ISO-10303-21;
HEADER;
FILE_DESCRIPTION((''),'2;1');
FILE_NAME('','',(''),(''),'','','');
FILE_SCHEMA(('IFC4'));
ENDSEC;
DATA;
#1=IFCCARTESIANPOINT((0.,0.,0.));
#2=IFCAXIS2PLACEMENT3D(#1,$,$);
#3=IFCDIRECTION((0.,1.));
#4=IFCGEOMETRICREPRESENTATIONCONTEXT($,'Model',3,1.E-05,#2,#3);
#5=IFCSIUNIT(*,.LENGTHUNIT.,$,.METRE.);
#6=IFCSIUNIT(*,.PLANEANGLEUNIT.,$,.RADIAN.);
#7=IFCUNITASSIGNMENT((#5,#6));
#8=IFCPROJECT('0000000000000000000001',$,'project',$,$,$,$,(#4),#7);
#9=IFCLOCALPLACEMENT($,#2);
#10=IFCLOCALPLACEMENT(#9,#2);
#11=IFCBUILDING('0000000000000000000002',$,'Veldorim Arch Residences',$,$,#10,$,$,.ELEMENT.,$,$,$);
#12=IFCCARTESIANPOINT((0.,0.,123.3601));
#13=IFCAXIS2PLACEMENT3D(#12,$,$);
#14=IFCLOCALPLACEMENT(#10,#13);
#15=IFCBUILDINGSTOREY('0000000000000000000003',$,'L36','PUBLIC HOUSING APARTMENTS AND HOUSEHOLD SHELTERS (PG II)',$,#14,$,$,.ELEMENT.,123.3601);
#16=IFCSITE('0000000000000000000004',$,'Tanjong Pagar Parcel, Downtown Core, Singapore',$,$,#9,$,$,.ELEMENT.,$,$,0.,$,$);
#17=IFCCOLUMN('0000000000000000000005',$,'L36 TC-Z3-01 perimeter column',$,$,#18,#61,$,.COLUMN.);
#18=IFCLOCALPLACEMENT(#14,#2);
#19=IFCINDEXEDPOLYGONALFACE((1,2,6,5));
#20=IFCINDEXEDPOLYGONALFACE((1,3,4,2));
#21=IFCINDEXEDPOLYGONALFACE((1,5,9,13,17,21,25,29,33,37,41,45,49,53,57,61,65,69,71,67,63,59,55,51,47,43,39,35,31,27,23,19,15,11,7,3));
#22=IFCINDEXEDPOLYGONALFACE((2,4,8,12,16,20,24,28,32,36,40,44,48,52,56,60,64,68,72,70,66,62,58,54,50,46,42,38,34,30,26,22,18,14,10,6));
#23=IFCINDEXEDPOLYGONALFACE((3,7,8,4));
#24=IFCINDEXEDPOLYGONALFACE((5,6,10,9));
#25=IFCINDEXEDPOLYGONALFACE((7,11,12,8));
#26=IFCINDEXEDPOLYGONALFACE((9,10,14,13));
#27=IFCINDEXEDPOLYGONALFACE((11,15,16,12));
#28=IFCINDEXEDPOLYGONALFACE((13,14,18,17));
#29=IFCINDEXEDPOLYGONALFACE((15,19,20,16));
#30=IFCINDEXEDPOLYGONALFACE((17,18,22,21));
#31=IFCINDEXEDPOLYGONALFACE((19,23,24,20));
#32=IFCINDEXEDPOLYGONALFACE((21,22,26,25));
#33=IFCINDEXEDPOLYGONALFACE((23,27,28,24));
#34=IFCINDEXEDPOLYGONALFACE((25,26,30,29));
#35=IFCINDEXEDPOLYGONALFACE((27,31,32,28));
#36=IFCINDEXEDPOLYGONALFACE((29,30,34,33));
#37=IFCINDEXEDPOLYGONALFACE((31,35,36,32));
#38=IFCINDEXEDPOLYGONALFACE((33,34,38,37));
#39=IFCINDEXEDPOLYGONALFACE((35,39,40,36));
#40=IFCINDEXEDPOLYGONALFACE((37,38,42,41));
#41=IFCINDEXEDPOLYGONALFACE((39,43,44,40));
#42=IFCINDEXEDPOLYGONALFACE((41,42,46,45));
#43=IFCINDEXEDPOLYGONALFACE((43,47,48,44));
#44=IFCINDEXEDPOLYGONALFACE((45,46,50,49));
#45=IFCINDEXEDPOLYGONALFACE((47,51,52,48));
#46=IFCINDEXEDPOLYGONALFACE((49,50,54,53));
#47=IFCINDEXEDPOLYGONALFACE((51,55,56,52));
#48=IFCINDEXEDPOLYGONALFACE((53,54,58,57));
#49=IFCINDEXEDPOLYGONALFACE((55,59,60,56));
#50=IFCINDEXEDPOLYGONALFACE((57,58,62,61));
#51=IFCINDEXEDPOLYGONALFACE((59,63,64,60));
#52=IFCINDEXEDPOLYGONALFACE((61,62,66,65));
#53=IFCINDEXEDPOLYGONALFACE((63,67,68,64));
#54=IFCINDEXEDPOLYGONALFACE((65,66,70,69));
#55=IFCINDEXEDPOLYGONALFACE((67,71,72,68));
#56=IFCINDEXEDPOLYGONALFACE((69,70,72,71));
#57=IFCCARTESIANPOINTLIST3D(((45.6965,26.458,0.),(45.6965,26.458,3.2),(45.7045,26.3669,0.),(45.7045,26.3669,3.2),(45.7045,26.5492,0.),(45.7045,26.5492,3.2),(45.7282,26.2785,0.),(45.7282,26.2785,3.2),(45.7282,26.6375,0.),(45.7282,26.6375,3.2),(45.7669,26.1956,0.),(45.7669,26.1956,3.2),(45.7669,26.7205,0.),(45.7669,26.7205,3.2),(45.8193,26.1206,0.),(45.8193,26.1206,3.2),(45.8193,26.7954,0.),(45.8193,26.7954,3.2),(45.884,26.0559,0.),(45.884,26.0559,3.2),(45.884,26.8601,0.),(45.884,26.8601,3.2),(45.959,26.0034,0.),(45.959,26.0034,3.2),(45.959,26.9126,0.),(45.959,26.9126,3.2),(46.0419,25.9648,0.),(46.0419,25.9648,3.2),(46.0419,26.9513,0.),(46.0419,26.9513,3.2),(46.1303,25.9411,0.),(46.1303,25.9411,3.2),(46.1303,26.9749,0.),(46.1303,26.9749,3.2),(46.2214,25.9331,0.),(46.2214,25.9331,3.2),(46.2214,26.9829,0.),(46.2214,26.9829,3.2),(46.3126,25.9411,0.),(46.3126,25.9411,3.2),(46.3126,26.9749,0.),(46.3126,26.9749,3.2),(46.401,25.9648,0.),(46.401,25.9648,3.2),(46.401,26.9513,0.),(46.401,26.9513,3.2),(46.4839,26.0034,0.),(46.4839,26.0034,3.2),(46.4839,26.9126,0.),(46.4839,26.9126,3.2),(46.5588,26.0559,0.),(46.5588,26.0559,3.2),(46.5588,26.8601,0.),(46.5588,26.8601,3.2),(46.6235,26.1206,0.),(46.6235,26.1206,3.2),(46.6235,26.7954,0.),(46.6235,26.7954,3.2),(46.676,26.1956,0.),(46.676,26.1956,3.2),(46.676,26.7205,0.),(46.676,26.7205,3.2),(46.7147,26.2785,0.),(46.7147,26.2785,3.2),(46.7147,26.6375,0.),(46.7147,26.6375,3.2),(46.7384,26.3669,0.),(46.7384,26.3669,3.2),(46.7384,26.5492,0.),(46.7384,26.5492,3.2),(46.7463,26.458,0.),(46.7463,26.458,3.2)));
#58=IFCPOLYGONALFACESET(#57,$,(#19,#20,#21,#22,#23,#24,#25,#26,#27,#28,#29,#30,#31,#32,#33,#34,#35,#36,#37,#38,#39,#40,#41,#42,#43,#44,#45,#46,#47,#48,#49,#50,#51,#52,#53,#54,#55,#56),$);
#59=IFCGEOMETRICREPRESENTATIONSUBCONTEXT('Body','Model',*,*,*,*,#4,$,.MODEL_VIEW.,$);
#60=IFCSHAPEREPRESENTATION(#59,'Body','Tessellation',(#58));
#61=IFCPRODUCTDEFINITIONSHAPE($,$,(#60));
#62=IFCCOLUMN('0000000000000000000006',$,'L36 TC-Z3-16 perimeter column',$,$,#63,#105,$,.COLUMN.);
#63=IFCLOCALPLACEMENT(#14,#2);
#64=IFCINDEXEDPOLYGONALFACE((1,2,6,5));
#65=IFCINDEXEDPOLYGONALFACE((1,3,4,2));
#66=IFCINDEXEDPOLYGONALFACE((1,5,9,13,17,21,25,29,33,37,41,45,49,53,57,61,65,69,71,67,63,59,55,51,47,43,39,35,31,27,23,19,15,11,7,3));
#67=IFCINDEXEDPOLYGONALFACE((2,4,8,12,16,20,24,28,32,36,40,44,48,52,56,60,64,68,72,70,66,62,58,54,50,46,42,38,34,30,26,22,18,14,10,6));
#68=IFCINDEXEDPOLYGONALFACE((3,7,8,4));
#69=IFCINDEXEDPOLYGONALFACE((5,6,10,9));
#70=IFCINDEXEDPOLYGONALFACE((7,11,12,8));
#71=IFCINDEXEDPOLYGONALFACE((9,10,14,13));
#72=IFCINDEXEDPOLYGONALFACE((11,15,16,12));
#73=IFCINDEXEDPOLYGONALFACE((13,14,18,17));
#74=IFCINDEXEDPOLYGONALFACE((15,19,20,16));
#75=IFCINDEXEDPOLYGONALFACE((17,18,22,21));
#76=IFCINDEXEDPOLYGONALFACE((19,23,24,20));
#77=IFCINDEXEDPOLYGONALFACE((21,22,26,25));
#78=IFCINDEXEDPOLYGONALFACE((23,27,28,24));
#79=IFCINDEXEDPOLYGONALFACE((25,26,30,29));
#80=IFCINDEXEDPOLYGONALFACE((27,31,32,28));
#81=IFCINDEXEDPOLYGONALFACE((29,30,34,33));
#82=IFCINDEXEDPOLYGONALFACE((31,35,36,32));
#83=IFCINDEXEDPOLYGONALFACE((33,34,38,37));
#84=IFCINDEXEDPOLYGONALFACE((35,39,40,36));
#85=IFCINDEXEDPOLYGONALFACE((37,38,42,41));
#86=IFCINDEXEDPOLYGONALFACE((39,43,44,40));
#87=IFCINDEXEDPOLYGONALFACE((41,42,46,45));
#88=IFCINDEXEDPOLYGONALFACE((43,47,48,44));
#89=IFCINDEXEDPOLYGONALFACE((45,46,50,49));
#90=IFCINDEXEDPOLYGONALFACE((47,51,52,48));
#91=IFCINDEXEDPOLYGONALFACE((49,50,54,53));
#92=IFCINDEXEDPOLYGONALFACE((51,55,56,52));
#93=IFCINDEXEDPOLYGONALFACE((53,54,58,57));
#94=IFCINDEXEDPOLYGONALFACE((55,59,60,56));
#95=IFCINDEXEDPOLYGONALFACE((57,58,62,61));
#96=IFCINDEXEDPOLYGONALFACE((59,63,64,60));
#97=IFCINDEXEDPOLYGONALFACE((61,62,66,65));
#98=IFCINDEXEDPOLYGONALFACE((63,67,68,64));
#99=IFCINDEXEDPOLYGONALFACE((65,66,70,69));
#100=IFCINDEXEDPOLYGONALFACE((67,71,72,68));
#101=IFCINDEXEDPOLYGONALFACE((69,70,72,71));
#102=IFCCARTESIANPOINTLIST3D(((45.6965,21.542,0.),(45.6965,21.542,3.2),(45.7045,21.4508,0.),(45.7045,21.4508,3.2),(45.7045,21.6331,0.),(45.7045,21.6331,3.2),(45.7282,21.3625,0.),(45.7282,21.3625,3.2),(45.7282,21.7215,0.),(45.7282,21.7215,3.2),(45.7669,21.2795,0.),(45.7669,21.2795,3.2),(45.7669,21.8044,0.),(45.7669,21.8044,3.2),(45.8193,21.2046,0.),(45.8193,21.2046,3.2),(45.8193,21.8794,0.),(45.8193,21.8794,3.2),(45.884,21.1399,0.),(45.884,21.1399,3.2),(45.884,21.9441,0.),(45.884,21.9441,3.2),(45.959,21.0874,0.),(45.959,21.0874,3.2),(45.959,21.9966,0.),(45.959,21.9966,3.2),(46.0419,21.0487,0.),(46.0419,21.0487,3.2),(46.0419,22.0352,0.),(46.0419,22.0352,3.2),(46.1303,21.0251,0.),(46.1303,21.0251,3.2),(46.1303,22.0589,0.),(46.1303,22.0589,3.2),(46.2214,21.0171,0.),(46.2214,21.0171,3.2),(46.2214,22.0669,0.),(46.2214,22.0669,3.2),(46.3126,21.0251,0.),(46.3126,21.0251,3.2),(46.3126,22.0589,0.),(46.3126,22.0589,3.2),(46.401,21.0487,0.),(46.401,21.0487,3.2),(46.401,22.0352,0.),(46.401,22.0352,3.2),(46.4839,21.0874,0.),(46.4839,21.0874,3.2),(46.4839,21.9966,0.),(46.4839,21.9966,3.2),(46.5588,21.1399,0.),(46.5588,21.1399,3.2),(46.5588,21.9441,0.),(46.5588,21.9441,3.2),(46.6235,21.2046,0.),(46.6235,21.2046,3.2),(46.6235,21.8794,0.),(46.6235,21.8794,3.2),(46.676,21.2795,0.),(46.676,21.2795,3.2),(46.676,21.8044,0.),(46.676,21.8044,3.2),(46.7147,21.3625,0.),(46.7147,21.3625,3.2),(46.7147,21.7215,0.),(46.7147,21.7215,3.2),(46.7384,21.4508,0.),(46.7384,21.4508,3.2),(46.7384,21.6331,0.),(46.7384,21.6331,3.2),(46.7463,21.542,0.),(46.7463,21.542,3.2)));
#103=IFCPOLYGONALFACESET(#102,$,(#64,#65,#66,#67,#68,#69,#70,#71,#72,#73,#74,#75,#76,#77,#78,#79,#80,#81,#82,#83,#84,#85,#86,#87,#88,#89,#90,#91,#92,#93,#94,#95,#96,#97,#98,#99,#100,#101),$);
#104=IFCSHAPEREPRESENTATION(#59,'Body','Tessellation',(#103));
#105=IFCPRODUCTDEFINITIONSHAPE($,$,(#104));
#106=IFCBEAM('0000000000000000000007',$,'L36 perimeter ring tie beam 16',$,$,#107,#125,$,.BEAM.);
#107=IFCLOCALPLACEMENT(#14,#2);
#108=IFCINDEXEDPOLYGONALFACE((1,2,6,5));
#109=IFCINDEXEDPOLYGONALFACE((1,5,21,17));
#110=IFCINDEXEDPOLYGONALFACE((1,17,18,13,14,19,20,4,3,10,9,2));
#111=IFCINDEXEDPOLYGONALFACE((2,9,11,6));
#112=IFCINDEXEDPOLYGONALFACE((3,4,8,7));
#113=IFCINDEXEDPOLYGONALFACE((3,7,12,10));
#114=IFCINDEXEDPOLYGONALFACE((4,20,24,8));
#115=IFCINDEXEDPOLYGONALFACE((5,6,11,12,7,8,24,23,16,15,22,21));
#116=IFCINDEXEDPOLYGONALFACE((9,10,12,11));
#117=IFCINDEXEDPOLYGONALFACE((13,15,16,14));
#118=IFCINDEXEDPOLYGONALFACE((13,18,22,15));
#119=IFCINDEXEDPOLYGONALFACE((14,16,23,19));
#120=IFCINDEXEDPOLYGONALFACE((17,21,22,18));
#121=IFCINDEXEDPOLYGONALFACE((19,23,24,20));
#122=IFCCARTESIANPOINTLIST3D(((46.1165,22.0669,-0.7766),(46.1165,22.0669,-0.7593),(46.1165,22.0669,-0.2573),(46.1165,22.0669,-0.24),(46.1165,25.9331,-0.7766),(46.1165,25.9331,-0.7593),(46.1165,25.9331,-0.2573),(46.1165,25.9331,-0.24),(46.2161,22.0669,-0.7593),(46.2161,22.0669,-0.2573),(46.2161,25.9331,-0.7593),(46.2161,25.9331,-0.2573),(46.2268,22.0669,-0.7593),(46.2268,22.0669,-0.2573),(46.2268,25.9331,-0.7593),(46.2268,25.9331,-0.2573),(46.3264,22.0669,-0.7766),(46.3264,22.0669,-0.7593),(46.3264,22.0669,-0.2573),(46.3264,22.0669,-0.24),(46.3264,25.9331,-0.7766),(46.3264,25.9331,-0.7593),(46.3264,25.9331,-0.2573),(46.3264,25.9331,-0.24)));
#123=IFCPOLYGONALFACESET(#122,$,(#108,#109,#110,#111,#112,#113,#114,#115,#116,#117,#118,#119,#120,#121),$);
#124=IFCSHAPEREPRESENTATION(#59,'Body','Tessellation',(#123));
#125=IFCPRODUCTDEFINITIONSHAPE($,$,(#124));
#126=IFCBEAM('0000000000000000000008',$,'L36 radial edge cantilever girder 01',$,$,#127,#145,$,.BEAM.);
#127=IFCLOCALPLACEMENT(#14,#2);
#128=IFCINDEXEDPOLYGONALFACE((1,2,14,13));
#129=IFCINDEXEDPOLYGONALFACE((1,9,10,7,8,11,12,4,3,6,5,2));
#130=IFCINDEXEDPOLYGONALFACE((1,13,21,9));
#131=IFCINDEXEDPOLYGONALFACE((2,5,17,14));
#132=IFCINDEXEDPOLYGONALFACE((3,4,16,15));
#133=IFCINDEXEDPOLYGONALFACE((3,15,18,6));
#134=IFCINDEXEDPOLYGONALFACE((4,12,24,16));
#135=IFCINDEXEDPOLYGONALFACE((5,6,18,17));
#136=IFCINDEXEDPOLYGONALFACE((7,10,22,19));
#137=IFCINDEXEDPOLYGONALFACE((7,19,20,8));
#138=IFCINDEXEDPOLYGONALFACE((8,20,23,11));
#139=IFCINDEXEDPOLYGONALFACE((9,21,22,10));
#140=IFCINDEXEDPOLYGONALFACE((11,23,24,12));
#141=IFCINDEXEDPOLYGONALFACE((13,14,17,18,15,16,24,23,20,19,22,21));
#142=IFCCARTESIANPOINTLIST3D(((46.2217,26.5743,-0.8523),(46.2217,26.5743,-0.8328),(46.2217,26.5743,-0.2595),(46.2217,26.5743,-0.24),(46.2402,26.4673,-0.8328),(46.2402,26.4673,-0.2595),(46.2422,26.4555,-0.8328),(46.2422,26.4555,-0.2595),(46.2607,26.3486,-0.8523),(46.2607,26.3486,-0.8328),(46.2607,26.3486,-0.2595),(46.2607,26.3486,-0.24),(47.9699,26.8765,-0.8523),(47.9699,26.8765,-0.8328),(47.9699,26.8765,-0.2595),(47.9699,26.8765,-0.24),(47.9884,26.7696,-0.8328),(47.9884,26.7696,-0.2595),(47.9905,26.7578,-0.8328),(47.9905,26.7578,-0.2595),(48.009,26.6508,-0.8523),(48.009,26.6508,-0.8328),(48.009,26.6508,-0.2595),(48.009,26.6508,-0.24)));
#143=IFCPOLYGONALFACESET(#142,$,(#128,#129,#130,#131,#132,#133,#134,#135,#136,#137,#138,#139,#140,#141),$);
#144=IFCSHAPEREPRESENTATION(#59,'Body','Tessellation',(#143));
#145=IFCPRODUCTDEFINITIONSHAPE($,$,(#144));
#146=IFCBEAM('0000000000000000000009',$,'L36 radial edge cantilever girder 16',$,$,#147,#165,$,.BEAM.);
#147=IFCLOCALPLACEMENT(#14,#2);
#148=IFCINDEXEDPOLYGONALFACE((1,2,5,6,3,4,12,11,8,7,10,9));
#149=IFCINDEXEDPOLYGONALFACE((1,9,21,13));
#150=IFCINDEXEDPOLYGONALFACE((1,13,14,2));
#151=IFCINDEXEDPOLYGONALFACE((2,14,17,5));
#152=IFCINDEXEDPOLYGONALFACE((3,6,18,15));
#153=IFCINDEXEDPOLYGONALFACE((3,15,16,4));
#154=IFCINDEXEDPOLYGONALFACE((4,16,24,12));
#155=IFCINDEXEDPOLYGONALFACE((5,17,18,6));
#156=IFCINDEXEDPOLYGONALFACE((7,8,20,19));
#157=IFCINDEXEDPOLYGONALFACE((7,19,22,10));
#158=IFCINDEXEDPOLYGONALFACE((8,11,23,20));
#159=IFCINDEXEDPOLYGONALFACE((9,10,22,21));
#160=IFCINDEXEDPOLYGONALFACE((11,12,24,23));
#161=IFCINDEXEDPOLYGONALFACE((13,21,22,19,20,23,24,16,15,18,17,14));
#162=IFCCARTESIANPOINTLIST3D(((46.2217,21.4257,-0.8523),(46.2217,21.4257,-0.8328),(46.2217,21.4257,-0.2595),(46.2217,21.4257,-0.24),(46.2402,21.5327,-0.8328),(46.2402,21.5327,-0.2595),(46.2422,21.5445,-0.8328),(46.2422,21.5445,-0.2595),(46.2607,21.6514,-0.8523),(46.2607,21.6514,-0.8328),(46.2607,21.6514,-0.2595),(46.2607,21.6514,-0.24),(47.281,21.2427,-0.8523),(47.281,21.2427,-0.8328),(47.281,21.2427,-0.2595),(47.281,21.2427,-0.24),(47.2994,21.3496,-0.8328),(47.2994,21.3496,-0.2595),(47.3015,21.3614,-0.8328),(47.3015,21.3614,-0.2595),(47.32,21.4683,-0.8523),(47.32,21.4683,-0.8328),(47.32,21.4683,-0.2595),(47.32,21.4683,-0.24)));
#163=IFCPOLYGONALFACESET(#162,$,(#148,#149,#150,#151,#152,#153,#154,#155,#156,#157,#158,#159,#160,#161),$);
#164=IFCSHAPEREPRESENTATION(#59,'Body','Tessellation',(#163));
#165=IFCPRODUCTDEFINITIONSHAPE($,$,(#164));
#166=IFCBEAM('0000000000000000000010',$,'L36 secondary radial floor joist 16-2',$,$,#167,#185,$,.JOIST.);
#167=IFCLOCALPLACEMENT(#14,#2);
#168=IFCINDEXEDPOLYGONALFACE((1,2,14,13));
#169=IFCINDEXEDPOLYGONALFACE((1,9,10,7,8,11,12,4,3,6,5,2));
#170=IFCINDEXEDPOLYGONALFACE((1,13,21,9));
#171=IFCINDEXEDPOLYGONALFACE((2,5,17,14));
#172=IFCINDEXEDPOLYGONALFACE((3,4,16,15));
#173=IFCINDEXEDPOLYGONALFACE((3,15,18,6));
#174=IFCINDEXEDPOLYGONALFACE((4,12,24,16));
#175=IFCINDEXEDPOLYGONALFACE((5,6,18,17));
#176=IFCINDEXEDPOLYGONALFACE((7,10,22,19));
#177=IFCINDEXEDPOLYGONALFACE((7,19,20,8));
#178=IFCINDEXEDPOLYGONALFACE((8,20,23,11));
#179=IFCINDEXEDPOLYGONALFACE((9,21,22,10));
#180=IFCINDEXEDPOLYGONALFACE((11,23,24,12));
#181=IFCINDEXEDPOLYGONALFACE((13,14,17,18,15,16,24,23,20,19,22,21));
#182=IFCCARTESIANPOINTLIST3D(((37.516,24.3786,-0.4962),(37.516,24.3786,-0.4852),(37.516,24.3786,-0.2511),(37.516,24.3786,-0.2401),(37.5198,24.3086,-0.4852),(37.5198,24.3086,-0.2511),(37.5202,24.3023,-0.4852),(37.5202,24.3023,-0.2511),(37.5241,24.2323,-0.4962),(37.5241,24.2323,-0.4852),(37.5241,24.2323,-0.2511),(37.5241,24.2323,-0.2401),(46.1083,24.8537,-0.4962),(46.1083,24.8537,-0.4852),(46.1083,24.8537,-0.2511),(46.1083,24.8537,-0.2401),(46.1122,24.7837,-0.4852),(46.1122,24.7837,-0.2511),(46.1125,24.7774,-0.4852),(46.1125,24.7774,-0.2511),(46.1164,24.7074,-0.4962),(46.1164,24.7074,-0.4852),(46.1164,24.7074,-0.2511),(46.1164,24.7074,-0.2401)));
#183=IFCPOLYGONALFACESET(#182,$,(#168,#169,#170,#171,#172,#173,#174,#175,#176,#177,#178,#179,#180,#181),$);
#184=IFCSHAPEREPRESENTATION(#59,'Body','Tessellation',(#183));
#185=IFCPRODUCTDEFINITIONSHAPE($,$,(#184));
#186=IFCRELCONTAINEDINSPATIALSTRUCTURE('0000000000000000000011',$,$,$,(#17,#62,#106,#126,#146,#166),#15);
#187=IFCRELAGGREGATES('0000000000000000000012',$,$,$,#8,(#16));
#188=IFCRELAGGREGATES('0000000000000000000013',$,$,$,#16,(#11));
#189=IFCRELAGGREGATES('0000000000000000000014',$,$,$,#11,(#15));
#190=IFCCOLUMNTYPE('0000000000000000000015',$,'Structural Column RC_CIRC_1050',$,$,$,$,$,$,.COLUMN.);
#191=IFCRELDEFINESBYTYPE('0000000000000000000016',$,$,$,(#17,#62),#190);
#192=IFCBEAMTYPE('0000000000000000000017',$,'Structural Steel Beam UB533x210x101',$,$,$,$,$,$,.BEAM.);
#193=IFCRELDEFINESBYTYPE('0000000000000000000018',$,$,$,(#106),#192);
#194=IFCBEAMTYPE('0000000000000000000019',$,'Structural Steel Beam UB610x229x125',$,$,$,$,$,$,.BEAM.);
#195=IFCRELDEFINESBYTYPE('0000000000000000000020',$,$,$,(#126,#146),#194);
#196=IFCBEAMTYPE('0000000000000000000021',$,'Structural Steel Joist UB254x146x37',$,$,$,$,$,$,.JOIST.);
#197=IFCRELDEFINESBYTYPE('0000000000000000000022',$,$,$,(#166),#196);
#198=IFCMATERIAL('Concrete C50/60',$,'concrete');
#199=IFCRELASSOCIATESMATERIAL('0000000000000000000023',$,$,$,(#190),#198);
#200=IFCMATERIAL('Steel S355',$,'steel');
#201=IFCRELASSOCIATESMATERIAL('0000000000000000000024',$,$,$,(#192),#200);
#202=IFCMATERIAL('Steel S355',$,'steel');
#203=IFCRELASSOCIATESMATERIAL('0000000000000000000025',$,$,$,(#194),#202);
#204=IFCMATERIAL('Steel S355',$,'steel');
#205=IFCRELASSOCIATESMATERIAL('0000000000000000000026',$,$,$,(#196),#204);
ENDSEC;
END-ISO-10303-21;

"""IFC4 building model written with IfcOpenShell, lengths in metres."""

from ifc_helpers import new_model, si_unit, direction, frame, origin, origin_2d, place, context, subcontext, project, spatial, circle, i_section, extrude, material, material_profile, profile_set, type_object, element, save


model = new_model("IFC4")

# Units and contexts
model_context = context("Model", 3, precision=1e-05, world=origin(), true_north=direction((0.0, 1.0)))
body_context = subcontext(model_context, "Body", "Model", "MODEL_VIEW")
ifc_project = project(units=[si_unit("LENGTHUNIT", "METRE"), si_unit("PLANEANGLEUNIT", "RADIAN")], contexts=[model_context])

# Site, building, storey
site_placement = place(None, origin())
site = spatial("IfcSite", under=ifc_project, at=site_placement, Name="Tanjong Pagar Parcel, Downtown Core, Singapore", CompositionType="ELEMENT", RefElevation=0.0)
building_placement = place(site_placement, origin())
building = spatial("IfcBuilding", under=site, at=building_placement, Name="Veldorim Arch Residences", CompositionType="ELEMENT")
storey_placement = place(building_placement, frame((0.0, 0.0, 123.3601)))
storey = spatial("IfcBuildingStorey", under=building, at=storey_placement, Name="L36", Description="PUBLIC HOUSING APARTMENTS AND HOUSEHOLD SHELTERS (PG II)", CompositionType="ELEMENT", Elevation=123.3601)

# Columns
ifc_material_1 = material(Name="Concrete C50/60", Category="concrete")
ifc_material_profile_1 = material_profile(ifc_material_1, circle(Radius=0.5249, at=origin_2d()), Name="RC_CIRC_1050")
ifc_profile_set_1 = profile_set([ifc_material_profile_1], Name="Concrete C50/60")
column_type = type_object("IfcColumnType", Name="Structural Column RC_CIRC_1050", PredefinedType="COLUMN", material=ifc_profile_set_1)
for number, where, z_axis, x_axis, name in (
    (1, (46.2214, 26.458, 0.0), (0.0, 0.0, 1.0), (1.0, 0.0, 0.0), "L36 TC-Z3-01 perimeter column"),
    (2, (46.2214, 21.542, 0.0), (0.0, 0.0, 1.0), (1.0, 0.0, 0.0), "L36 TC-Z3-16 perimeter column"),
):
    element("IfcColumn", number, at=place(storey_placement, frame(where, z_axis=z_axis, x_axis=x_axis)), inside=storey, type_object=column_type, Name=name, PredefinedType="COLUMN", context=body_context, shape_type="SweptSolid", body=[
        extrude(circle(Radius=0.5249, at=origin_2d()), origin(), (0.0, 0.0, 1.0), 3.2),
    ])

# Beams
ifc_material_2 = material(Name="Steel S355", Category="steel")
ifc_material_profile_2 = material_profile(ifc_material_2, i_section(OverallWidth=0.21, OverallDepth=0.5366, WebThickness=0.0107, FlangeThickness=0.0173, at=origin_2d()), Name="UB533x210x101")
ifc_profile_set_2 = profile_set([ifc_material_profile_2], Name="Steel S355")
beam_type_1 = type_object("IfcBeamType", Name="Structural Steel Beam UB533x210x101", PredefinedType="BEAM", material=ifc_profile_set_2)
beam_1_placement = place(storey_placement, frame((46.2214, 22.0669, -0.5083), z_axis=(0.0, 1.0, 0.0), x_axis=(-1.0, 0.0, 0.0)))
element("IfcBeam", 3, at=beam_1_placement, inside=storey, type_object=beam_type_1, Name="L36 perimeter ring tie beam 16", PredefinedType="BEAM", context=body_context, shape_type="SweptSolid", body=[
    extrude(i_section(OverallWidth=0.21, OverallDepth=0.5366, WebThickness=0.0107, FlangeThickness=0.0173, at=origin_2d()), origin(), (0.0, 0.0, 1.0), 3.8662),
])
ifc_material_3 = material(Name="Steel S355", Category="steel")
ifc_material_profile_3 = material_profile(ifc_material_3, i_section(OverallWidth=0.229, OverallDepth=0.6123, WebThickness=0.012, FlangeThickness=0.0195, at=origin_2d()), Name="UB610x229x125")
ifc_profile_set_3 = profile_set([ifc_material_profile_3], Name="Steel S355")
beam_type_2 = type_object("IfcBeamType", Name="Structural Steel Beam UB610x229x125", PredefinedType="BEAM", material=ifc_profile_set_3)
beam_2_placement = place(storey_placement, frame((46.2412, 26.4614, -0.5461), z_axis=(0.985383, 0.170354, 0.0), x_axis=(-0.170354, 0.985383, 0.0)))
element("IfcBeam", 4, at=beam_2_placement, inside=storey, type_object=beam_type_2, Name="L36 radial edge cantilever girder 01", PredefinedType="BEAM", context=body_context, shape_type="SweptSolid", body=[
    extrude(i_section(OverallWidth=0.229, OverallDepth=0.6123, WebThickness=0.012, FlangeThickness=0.0195, at=origin_2d()), origin(), (0.0, 0.0, 1.0), 1.7742),
])
beam_3_placement = place(storey_placement, frame((46.2412, 21.5386, -0.5461), z_axis=(0.985388, -0.170325, 0.0), x_axis=(0.170325, 0.985388, 0.0)))
element("IfcBeam", 5, at=beam_3_placement, inside=storey, type_object=beam_type_2, Name="L36 radial edge cantilever girder 16", PredefinedType="BEAM", context=body_context, shape_type="SweptSolid", body=[
    extrude(i_section(OverallWidth=0.229, OverallDepth=0.6123, WebThickness=0.012, FlangeThickness=0.0195, at=origin_2d()), origin(), (0.0, 0.0, 1.0), 1.075),
])
ifc_material_4 = material(Name="Steel S355", Category="steel")
ifc_material_profile_4 = material_profile(ifc_material_4, i_section(OverallWidth=0.1465, OverallDepth=0.2561, WebThickness=0.0063, FlangeThickness=0.011, at=origin_2d()), Name="UB254x146x37")
ifc_profile_set_4 = profile_set([ifc_material_profile_4], Name="Steel S355")
beam_type_3 = type_object("IfcBeamType", Name="Structural Steel Joist UB254x146x37", PredefinedType="JOIST", material=ifc_profile_set_4)
beam_4_placement = place(storey_placement, frame((37.52, 24.3054, -0.3682), z_axis=(0.998475, 0.055209, 0.0), x_axis=(-0.055209, 0.998475, 0.0)))
element("IfcBeam", 6, at=beam_4_placement, inside=storey, type_object=beam_type_3, Name="L36 secondary radial floor joist 16-2", PredefinedType="JOIST", context=body_context, shape_type="SweptSolid", body=[
    extrude(i_section(OverallWidth=0.1465, OverallDepth=0.2561, WebThickness=0.0063, FlangeThickness=0.011, at=origin_2d()), origin(), (0.0, 0.0, 1.0), 8.6055),
])

save(model, "model.ifc")
